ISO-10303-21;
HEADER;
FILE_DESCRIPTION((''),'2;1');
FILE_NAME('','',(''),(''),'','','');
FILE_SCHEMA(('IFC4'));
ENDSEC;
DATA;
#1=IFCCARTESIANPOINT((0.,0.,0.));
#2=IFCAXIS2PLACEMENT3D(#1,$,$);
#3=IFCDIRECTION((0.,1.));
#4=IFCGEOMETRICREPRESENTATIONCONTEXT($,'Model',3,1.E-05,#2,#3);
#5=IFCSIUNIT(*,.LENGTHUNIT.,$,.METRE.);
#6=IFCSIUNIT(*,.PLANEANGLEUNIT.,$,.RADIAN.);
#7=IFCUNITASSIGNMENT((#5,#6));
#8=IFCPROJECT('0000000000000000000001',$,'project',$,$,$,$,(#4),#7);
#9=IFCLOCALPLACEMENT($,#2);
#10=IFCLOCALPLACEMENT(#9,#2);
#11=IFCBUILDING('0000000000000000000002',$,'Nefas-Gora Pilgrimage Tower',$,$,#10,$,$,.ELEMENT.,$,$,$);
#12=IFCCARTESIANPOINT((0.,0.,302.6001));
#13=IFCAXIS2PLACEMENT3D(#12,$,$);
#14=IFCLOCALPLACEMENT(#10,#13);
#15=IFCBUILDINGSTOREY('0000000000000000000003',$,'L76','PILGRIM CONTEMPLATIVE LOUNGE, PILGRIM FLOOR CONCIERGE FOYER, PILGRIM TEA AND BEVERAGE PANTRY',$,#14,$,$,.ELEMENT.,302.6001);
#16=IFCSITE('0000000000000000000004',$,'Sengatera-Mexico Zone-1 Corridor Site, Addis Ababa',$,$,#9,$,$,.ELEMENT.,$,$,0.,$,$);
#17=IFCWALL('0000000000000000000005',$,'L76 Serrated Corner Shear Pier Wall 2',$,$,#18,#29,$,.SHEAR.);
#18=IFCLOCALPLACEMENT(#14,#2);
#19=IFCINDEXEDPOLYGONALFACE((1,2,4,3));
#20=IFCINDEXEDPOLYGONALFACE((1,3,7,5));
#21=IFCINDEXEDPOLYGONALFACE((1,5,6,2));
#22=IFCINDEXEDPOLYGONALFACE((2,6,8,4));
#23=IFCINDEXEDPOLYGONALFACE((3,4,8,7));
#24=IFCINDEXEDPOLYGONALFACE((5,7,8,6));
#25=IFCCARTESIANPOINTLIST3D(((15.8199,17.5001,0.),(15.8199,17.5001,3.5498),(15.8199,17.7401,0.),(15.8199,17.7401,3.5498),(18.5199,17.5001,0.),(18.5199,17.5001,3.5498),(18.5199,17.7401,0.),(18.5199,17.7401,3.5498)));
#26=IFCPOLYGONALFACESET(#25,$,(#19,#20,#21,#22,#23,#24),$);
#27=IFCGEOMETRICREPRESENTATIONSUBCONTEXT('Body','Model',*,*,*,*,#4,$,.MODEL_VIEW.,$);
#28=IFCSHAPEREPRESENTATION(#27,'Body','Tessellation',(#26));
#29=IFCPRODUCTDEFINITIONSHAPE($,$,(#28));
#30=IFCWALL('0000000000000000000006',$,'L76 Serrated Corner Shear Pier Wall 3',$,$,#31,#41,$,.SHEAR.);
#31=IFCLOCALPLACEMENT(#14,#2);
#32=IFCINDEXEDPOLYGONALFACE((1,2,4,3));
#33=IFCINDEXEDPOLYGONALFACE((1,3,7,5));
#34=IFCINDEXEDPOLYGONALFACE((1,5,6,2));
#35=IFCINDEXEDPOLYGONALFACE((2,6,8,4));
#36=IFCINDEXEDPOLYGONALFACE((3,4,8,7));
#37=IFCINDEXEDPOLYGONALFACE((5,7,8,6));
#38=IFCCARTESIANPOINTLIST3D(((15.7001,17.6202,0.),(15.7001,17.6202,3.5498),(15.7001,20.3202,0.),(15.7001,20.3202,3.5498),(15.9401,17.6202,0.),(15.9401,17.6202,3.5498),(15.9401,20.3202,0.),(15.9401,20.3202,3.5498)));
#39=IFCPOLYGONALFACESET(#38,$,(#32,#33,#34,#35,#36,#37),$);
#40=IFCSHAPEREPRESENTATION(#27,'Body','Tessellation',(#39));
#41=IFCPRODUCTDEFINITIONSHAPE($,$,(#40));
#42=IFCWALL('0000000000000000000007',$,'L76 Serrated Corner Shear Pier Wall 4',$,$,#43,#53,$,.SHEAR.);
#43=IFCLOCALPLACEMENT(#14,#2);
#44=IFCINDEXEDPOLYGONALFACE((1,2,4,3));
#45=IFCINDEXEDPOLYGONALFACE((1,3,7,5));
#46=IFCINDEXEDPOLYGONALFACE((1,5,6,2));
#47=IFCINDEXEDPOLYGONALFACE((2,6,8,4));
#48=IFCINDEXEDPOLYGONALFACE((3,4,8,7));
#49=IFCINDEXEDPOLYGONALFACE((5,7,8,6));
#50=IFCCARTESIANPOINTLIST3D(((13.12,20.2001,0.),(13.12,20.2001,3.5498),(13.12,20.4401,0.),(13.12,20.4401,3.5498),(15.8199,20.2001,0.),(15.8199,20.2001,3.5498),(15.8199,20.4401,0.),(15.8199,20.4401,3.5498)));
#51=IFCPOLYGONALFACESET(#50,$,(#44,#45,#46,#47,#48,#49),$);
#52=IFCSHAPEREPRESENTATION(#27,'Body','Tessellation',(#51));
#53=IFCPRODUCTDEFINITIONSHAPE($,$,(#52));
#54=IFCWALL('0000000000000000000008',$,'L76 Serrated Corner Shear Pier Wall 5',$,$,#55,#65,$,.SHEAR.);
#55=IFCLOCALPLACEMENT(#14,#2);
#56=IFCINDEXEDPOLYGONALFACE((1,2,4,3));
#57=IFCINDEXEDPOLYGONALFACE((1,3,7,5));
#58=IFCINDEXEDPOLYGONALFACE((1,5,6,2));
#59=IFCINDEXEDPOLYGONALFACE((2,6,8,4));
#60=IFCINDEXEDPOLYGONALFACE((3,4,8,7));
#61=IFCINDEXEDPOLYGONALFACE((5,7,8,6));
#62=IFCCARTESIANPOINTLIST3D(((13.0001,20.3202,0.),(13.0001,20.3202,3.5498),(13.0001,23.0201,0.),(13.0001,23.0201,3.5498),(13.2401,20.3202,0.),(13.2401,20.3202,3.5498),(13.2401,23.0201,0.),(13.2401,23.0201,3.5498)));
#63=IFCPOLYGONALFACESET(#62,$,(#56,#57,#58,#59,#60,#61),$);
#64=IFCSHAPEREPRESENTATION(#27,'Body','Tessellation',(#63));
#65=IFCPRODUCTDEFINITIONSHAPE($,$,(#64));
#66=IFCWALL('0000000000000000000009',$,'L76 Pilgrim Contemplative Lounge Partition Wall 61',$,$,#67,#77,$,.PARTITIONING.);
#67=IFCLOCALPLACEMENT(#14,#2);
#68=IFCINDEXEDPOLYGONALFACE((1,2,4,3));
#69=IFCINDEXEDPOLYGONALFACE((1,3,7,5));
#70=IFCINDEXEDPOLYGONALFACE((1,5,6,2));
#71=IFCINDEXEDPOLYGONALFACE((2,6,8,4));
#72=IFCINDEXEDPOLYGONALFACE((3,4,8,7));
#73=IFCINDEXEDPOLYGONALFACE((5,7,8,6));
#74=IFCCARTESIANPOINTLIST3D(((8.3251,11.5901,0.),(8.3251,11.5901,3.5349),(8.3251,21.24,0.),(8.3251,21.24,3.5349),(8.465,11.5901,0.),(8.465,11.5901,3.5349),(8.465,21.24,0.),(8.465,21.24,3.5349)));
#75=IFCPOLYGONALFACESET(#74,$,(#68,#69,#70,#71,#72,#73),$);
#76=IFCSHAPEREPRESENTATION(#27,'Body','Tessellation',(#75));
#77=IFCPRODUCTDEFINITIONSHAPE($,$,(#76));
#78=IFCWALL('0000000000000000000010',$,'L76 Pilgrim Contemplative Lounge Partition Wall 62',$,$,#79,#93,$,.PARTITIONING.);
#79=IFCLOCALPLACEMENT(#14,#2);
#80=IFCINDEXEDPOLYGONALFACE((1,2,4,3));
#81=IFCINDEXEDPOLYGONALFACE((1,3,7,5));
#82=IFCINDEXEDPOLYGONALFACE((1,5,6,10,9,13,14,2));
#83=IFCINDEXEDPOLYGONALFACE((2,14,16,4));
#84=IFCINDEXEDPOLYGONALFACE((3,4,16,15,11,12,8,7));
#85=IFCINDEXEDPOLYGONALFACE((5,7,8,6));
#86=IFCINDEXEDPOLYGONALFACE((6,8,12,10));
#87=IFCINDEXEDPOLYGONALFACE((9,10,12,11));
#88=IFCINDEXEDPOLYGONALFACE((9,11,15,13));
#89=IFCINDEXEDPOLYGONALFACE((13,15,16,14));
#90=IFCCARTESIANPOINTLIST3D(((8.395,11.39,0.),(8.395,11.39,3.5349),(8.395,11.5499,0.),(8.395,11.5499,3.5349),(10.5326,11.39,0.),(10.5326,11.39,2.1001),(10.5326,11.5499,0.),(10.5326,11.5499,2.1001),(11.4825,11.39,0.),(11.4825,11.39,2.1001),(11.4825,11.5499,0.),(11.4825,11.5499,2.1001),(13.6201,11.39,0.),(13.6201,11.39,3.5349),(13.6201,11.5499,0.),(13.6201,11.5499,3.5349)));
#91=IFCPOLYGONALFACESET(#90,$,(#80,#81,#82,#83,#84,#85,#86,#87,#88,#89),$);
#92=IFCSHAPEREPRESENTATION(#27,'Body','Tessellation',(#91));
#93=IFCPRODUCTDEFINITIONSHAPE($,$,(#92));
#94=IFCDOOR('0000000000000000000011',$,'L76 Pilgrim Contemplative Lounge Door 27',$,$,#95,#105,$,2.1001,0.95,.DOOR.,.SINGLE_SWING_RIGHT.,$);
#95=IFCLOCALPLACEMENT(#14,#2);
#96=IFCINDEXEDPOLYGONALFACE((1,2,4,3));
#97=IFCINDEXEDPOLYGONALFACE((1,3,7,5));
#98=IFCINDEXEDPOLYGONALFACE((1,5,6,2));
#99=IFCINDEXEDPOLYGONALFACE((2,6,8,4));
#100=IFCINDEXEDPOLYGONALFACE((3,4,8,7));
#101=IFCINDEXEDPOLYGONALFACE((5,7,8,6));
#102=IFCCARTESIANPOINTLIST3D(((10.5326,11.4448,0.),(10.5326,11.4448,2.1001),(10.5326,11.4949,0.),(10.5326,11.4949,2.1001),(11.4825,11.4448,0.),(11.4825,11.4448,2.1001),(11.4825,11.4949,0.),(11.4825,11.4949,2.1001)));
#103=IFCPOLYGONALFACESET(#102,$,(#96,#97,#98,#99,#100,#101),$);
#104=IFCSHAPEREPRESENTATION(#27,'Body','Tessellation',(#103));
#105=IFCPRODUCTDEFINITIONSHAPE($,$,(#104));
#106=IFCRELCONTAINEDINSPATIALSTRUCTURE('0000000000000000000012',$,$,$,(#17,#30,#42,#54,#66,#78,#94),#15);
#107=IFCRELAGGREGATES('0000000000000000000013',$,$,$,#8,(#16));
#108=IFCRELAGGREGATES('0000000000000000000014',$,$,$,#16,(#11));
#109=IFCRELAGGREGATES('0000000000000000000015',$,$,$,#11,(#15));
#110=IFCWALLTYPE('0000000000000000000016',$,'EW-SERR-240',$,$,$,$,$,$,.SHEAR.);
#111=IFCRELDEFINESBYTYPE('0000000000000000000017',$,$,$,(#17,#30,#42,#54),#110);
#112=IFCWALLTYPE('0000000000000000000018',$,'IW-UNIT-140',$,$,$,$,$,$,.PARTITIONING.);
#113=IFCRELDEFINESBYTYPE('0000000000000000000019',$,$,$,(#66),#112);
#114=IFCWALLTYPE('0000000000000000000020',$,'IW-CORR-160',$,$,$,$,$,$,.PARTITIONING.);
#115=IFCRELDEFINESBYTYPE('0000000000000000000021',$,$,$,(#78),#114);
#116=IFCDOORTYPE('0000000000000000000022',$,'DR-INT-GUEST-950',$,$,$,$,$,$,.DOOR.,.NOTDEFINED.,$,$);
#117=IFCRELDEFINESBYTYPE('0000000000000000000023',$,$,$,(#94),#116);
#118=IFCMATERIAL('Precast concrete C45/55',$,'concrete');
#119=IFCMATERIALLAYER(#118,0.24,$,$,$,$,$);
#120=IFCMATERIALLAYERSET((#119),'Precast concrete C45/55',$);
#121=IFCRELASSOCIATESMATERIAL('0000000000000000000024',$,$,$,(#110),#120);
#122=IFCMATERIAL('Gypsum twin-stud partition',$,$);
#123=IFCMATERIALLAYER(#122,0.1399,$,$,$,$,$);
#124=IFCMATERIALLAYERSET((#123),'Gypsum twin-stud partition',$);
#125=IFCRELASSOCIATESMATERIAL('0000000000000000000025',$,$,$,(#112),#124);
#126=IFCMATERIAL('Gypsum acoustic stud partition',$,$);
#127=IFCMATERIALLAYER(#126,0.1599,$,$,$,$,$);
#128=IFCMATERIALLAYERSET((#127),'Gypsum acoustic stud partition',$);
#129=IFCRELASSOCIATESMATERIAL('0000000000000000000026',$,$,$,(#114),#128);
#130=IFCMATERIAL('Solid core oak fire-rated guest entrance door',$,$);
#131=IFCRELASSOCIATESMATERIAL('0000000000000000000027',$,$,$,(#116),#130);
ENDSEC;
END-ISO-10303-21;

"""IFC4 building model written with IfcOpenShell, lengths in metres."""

from ifc_helpers import new_model, si_unit, direction, frame, frame_2d, origin, place, context, subcontext, project, spatial, rectangle, extrude, source, transform, mapped, material, layer, layer_set, type_object, element, fill, save


model = new_model("IFC4")

# Units and contexts
model_context = context("Model", 3, precision=1e-05, world=origin(), true_north=direction((0.0, 1.0)))
body_context = subcontext(model_context, "Body", "Model", "MODEL_VIEW")
ifc_project = project(units=[si_unit("LENGTHUNIT", "METRE"), si_unit("PLANEANGLEUNIT", "RADIAN")], contexts=[model_context])

# Site, building, storey
site_placement = place(None, origin())
site = spatial("IfcSite", under=ifc_project, at=site_placement, Name="Sengatera-Mexico Zone-1 Corridor Site, Addis Ababa", CompositionType="ELEMENT", RefElevation=0.0)
building_placement = place(site_placement, origin())
building = spatial("IfcBuilding", under=site, at=building_placement, Name="Nefas-Gora Pilgrimage Tower", CompositionType="ELEMENT")
storey_placement = place(building_placement, frame((0.0, 0.0, 302.6001)))
storey = spatial("IfcBuildingStorey", under=building, at=storey_placement, Name="L76", Description="PILGRIM CONTEMPLATIVE LOUNGE, PILGRIM FLOOR CONCIERGE FOYER, PILGRIM TEA AND BEVERAGE PANTRY", CompositionType="ELEMENT", Elevation=302.6001)

# Walls
ifc_material_1 = material(Name="Precast concrete C45/55", Category="concrete")
ifc_layer_1 = layer(ifc_material_1, 0.24)
ifc_layer_set_1 = layer_set([ifc_layer_1], Name="Precast concrete C45/55")
wall_type_1 = type_object("IfcWallType", Name="EW-SERR-240", PredefinedType="SHEAR", material=ifc_layer_set_1)
shared_shape_1 = source(origin(), body_context, "Body", "SweptSolid", [
    extrude(rectangle(XDim=2.7, YDim=0.24, at=frame_2d((1.3501, 0.0))), origin(), (0.0, 0.0, 1.0), 3.5498),
])
for number, where, z_axis, x_axis, name in (
    (1, (18.52, 17.6201, 0.0), (0.0, 0.0, 1.0), (-1.0, 0.0, 0.0), "L76 Serrated Corner Shear Pier Wall 2"),
    (2, (15.8201, 17.6201, 0.0), (0.0, 0.0, 1.0), (0.0, 1.0, 0.0), "L76 Serrated Corner Shear Pier Wall 3"),
    (3, (15.8201, 20.3201, 0.0), (0.0, 0.0, 1.0), (-1.0, 0.0, 0.0), "L76 Serrated Corner Shear Pier Wall 4"),
    (4, (13.1201, 20.3201, 0.0), (0.0, 0.0, 1.0), (0.0, 1.0, 0.0), "L76 Serrated Corner Shear Pier Wall 5"),
):
    element("IfcWall", number, at=place(storey_placement, frame(where, z_axis=z_axis, x_axis=x_axis)), inside=storey, type_object=wall_type_1, Name=name, PredefinedType="SHEAR", context=body_context, shape_type="MappedRepresentation", body=[
        mapped(shared_shape_1, transform((0.0, 0.0, 0.0), x_axis=(1.0, 0.0, 0.0), y_axis=(0.0, 1.0, 0.0), z_axis=(0.0, 0.0, 1.0), scale=1.0)),
    ])
ifc_material_2 = material(Name="Gypsum twin-stud partition")
ifc_layer_2 = layer(ifc_material_2, 0.1399)
ifc_layer_set_2 = layer_set([ifc_layer_2], Name="Gypsum twin-stud partition")
wall_type_2 = type_object("IfcWallType", Name="IW-UNIT-140", PredefinedType="PARTITIONING", material=ifc_layer_set_2)
shared_shape_2 = source(origin(), body_context, "Body", "SweptSolid", [
    extrude(rectangle(XDim=9.6499, YDim=0.1399, at=frame_2d((4.825, 0.0))), origin(), (0.0, 0.0, 1.0), 3.5349),
])
wall_1_placement = place(storey_placement, frame((8.395, 11.5901, 0.0), z_axis=(0.0, 0.0, 1.0), x_axis=(0.0, 1.0, 0.0)))
element("IfcWall", 5, at=wall_1_placement, inside=storey, type_object=wall_type_2, Name="L76 Pilgrim Contemplative Lounge Partition Wall 61", PredefinedType="PARTITIONING", context=body_context, shape_type="MappedRepresentation", body=[
    mapped(shared_shape_2, transform((0.0, 0.0, 0.0), x_axis=(1.0, 0.0, 0.0), y_axis=(0.0, 1.0, 0.0), z_axis=(0.0, 0.0, 1.0), scale=1.0)),
])

# Wall, opening, door
ifc_material_3 = material(Name="Gypsum acoustic stud partition")
ifc_layer_3 = layer(ifc_material_3, 0.1599)
ifc_layer_set_3 = layer_set([ifc_layer_3], Name="Gypsum acoustic stud partition")
wall_type_3 = type_object("IfcWallType", Name="IW-CORR-160", PredefinedType="PARTITIONING", material=ifc_layer_set_3)
shared_shape_3 = source(origin(), body_context, "Body", "SweptSolid", [
    extrude(rectangle(XDim=5.2251, YDim=0.1599, at=frame_2d((2.6125, 0.0))), origin(), (0.0, 0.0, 1.0), 3.5349),
])
wall_2_placement = place(storey_placement, frame((8.395, 11.47, 0.0), z_axis=(0.0, 0.0, 1.0), x_axis=(1.0, 0.0, 0.0)))
wall_2 = element("IfcWall", 6, at=wall_2_placement, inside=storey, type_object=wall_type_3, Name="L76 Pilgrim Contemplative Lounge Partition Wall 62", PredefinedType="PARTITIONING", context=body_context, shape_type="MappedRepresentation", body=[
    mapped(shared_shape_3, transform((0.0, 0.0, 0.0), x_axis=(1.0, 0.0, 0.0), y_axis=(0.0, 1.0, 0.0), z_axis=(0.0, 0.0, 1.0), scale=1.0)),
])
opening_placement = place(wall_2_placement, frame((2.1375, 0.0, 0.0)))
opening = element("IfcOpeningElement", 7, at=opening_placement, cuts=wall_2, PredefinedType="OPENING", context=body_context, shape_type="SweptSolid", body=[
    extrude(rectangle(XDim=0.95, YDim=2.1001, at=frame_2d((0.4751, 1.05))), frame((0.0, 0.0898, 0.0), z_axis=(0.0, -1.0, 0.0), x_axis=(1.0, 0.0, 0.0)), (0.0, 0.0, 1.0), 0.1799),
])
ifc_material_4 = material(Name="Solid core oak fire-rated guest entrance door")
door_type = type_object("IfcDoorType", Name="DR-INT-GUEST-950", OperationType="NOTDEFINED", PredefinedType="DOOR", material=ifc_material_4)
shared_shape_4 = source(origin(), body_context, "Body", "SweptSolid", [
    extrude(rectangle(XDim=0.95, YDim=2.1001, at=frame_2d((0.4751, 1.05))), frame((0.0, 0.0249, 0.0), z_axis=(0.0, -1.0, 0.0), x_axis=(1.0, 0.0, 0.0)), (0.0, 0.0, 1.0), 0.05),
])
door_placement = place(opening_placement, origin())
door = element("IfcDoor", 8, at=door_placement, inside=storey, type_object=door_type, Name="L76 Pilgrim Contemplative Lounge Door 27", OperationType="SINGLE_SWING_RIGHT", OverallHeight=2.1001, OverallWidth=0.95, PredefinedType="DOOR", context=body_context, shape_type="MappedRepresentation", body=[
    mapped(shared_shape_4, transform((0.0, 0.0, 0.0), x_axis=(1.0, 0.0, 0.0), y_axis=(0.0, 1.0, 0.0), z_axis=(0.0, 0.0, 1.0), scale=1.0)),
])
fill(opening, door)

save(model, "model.ifc")
